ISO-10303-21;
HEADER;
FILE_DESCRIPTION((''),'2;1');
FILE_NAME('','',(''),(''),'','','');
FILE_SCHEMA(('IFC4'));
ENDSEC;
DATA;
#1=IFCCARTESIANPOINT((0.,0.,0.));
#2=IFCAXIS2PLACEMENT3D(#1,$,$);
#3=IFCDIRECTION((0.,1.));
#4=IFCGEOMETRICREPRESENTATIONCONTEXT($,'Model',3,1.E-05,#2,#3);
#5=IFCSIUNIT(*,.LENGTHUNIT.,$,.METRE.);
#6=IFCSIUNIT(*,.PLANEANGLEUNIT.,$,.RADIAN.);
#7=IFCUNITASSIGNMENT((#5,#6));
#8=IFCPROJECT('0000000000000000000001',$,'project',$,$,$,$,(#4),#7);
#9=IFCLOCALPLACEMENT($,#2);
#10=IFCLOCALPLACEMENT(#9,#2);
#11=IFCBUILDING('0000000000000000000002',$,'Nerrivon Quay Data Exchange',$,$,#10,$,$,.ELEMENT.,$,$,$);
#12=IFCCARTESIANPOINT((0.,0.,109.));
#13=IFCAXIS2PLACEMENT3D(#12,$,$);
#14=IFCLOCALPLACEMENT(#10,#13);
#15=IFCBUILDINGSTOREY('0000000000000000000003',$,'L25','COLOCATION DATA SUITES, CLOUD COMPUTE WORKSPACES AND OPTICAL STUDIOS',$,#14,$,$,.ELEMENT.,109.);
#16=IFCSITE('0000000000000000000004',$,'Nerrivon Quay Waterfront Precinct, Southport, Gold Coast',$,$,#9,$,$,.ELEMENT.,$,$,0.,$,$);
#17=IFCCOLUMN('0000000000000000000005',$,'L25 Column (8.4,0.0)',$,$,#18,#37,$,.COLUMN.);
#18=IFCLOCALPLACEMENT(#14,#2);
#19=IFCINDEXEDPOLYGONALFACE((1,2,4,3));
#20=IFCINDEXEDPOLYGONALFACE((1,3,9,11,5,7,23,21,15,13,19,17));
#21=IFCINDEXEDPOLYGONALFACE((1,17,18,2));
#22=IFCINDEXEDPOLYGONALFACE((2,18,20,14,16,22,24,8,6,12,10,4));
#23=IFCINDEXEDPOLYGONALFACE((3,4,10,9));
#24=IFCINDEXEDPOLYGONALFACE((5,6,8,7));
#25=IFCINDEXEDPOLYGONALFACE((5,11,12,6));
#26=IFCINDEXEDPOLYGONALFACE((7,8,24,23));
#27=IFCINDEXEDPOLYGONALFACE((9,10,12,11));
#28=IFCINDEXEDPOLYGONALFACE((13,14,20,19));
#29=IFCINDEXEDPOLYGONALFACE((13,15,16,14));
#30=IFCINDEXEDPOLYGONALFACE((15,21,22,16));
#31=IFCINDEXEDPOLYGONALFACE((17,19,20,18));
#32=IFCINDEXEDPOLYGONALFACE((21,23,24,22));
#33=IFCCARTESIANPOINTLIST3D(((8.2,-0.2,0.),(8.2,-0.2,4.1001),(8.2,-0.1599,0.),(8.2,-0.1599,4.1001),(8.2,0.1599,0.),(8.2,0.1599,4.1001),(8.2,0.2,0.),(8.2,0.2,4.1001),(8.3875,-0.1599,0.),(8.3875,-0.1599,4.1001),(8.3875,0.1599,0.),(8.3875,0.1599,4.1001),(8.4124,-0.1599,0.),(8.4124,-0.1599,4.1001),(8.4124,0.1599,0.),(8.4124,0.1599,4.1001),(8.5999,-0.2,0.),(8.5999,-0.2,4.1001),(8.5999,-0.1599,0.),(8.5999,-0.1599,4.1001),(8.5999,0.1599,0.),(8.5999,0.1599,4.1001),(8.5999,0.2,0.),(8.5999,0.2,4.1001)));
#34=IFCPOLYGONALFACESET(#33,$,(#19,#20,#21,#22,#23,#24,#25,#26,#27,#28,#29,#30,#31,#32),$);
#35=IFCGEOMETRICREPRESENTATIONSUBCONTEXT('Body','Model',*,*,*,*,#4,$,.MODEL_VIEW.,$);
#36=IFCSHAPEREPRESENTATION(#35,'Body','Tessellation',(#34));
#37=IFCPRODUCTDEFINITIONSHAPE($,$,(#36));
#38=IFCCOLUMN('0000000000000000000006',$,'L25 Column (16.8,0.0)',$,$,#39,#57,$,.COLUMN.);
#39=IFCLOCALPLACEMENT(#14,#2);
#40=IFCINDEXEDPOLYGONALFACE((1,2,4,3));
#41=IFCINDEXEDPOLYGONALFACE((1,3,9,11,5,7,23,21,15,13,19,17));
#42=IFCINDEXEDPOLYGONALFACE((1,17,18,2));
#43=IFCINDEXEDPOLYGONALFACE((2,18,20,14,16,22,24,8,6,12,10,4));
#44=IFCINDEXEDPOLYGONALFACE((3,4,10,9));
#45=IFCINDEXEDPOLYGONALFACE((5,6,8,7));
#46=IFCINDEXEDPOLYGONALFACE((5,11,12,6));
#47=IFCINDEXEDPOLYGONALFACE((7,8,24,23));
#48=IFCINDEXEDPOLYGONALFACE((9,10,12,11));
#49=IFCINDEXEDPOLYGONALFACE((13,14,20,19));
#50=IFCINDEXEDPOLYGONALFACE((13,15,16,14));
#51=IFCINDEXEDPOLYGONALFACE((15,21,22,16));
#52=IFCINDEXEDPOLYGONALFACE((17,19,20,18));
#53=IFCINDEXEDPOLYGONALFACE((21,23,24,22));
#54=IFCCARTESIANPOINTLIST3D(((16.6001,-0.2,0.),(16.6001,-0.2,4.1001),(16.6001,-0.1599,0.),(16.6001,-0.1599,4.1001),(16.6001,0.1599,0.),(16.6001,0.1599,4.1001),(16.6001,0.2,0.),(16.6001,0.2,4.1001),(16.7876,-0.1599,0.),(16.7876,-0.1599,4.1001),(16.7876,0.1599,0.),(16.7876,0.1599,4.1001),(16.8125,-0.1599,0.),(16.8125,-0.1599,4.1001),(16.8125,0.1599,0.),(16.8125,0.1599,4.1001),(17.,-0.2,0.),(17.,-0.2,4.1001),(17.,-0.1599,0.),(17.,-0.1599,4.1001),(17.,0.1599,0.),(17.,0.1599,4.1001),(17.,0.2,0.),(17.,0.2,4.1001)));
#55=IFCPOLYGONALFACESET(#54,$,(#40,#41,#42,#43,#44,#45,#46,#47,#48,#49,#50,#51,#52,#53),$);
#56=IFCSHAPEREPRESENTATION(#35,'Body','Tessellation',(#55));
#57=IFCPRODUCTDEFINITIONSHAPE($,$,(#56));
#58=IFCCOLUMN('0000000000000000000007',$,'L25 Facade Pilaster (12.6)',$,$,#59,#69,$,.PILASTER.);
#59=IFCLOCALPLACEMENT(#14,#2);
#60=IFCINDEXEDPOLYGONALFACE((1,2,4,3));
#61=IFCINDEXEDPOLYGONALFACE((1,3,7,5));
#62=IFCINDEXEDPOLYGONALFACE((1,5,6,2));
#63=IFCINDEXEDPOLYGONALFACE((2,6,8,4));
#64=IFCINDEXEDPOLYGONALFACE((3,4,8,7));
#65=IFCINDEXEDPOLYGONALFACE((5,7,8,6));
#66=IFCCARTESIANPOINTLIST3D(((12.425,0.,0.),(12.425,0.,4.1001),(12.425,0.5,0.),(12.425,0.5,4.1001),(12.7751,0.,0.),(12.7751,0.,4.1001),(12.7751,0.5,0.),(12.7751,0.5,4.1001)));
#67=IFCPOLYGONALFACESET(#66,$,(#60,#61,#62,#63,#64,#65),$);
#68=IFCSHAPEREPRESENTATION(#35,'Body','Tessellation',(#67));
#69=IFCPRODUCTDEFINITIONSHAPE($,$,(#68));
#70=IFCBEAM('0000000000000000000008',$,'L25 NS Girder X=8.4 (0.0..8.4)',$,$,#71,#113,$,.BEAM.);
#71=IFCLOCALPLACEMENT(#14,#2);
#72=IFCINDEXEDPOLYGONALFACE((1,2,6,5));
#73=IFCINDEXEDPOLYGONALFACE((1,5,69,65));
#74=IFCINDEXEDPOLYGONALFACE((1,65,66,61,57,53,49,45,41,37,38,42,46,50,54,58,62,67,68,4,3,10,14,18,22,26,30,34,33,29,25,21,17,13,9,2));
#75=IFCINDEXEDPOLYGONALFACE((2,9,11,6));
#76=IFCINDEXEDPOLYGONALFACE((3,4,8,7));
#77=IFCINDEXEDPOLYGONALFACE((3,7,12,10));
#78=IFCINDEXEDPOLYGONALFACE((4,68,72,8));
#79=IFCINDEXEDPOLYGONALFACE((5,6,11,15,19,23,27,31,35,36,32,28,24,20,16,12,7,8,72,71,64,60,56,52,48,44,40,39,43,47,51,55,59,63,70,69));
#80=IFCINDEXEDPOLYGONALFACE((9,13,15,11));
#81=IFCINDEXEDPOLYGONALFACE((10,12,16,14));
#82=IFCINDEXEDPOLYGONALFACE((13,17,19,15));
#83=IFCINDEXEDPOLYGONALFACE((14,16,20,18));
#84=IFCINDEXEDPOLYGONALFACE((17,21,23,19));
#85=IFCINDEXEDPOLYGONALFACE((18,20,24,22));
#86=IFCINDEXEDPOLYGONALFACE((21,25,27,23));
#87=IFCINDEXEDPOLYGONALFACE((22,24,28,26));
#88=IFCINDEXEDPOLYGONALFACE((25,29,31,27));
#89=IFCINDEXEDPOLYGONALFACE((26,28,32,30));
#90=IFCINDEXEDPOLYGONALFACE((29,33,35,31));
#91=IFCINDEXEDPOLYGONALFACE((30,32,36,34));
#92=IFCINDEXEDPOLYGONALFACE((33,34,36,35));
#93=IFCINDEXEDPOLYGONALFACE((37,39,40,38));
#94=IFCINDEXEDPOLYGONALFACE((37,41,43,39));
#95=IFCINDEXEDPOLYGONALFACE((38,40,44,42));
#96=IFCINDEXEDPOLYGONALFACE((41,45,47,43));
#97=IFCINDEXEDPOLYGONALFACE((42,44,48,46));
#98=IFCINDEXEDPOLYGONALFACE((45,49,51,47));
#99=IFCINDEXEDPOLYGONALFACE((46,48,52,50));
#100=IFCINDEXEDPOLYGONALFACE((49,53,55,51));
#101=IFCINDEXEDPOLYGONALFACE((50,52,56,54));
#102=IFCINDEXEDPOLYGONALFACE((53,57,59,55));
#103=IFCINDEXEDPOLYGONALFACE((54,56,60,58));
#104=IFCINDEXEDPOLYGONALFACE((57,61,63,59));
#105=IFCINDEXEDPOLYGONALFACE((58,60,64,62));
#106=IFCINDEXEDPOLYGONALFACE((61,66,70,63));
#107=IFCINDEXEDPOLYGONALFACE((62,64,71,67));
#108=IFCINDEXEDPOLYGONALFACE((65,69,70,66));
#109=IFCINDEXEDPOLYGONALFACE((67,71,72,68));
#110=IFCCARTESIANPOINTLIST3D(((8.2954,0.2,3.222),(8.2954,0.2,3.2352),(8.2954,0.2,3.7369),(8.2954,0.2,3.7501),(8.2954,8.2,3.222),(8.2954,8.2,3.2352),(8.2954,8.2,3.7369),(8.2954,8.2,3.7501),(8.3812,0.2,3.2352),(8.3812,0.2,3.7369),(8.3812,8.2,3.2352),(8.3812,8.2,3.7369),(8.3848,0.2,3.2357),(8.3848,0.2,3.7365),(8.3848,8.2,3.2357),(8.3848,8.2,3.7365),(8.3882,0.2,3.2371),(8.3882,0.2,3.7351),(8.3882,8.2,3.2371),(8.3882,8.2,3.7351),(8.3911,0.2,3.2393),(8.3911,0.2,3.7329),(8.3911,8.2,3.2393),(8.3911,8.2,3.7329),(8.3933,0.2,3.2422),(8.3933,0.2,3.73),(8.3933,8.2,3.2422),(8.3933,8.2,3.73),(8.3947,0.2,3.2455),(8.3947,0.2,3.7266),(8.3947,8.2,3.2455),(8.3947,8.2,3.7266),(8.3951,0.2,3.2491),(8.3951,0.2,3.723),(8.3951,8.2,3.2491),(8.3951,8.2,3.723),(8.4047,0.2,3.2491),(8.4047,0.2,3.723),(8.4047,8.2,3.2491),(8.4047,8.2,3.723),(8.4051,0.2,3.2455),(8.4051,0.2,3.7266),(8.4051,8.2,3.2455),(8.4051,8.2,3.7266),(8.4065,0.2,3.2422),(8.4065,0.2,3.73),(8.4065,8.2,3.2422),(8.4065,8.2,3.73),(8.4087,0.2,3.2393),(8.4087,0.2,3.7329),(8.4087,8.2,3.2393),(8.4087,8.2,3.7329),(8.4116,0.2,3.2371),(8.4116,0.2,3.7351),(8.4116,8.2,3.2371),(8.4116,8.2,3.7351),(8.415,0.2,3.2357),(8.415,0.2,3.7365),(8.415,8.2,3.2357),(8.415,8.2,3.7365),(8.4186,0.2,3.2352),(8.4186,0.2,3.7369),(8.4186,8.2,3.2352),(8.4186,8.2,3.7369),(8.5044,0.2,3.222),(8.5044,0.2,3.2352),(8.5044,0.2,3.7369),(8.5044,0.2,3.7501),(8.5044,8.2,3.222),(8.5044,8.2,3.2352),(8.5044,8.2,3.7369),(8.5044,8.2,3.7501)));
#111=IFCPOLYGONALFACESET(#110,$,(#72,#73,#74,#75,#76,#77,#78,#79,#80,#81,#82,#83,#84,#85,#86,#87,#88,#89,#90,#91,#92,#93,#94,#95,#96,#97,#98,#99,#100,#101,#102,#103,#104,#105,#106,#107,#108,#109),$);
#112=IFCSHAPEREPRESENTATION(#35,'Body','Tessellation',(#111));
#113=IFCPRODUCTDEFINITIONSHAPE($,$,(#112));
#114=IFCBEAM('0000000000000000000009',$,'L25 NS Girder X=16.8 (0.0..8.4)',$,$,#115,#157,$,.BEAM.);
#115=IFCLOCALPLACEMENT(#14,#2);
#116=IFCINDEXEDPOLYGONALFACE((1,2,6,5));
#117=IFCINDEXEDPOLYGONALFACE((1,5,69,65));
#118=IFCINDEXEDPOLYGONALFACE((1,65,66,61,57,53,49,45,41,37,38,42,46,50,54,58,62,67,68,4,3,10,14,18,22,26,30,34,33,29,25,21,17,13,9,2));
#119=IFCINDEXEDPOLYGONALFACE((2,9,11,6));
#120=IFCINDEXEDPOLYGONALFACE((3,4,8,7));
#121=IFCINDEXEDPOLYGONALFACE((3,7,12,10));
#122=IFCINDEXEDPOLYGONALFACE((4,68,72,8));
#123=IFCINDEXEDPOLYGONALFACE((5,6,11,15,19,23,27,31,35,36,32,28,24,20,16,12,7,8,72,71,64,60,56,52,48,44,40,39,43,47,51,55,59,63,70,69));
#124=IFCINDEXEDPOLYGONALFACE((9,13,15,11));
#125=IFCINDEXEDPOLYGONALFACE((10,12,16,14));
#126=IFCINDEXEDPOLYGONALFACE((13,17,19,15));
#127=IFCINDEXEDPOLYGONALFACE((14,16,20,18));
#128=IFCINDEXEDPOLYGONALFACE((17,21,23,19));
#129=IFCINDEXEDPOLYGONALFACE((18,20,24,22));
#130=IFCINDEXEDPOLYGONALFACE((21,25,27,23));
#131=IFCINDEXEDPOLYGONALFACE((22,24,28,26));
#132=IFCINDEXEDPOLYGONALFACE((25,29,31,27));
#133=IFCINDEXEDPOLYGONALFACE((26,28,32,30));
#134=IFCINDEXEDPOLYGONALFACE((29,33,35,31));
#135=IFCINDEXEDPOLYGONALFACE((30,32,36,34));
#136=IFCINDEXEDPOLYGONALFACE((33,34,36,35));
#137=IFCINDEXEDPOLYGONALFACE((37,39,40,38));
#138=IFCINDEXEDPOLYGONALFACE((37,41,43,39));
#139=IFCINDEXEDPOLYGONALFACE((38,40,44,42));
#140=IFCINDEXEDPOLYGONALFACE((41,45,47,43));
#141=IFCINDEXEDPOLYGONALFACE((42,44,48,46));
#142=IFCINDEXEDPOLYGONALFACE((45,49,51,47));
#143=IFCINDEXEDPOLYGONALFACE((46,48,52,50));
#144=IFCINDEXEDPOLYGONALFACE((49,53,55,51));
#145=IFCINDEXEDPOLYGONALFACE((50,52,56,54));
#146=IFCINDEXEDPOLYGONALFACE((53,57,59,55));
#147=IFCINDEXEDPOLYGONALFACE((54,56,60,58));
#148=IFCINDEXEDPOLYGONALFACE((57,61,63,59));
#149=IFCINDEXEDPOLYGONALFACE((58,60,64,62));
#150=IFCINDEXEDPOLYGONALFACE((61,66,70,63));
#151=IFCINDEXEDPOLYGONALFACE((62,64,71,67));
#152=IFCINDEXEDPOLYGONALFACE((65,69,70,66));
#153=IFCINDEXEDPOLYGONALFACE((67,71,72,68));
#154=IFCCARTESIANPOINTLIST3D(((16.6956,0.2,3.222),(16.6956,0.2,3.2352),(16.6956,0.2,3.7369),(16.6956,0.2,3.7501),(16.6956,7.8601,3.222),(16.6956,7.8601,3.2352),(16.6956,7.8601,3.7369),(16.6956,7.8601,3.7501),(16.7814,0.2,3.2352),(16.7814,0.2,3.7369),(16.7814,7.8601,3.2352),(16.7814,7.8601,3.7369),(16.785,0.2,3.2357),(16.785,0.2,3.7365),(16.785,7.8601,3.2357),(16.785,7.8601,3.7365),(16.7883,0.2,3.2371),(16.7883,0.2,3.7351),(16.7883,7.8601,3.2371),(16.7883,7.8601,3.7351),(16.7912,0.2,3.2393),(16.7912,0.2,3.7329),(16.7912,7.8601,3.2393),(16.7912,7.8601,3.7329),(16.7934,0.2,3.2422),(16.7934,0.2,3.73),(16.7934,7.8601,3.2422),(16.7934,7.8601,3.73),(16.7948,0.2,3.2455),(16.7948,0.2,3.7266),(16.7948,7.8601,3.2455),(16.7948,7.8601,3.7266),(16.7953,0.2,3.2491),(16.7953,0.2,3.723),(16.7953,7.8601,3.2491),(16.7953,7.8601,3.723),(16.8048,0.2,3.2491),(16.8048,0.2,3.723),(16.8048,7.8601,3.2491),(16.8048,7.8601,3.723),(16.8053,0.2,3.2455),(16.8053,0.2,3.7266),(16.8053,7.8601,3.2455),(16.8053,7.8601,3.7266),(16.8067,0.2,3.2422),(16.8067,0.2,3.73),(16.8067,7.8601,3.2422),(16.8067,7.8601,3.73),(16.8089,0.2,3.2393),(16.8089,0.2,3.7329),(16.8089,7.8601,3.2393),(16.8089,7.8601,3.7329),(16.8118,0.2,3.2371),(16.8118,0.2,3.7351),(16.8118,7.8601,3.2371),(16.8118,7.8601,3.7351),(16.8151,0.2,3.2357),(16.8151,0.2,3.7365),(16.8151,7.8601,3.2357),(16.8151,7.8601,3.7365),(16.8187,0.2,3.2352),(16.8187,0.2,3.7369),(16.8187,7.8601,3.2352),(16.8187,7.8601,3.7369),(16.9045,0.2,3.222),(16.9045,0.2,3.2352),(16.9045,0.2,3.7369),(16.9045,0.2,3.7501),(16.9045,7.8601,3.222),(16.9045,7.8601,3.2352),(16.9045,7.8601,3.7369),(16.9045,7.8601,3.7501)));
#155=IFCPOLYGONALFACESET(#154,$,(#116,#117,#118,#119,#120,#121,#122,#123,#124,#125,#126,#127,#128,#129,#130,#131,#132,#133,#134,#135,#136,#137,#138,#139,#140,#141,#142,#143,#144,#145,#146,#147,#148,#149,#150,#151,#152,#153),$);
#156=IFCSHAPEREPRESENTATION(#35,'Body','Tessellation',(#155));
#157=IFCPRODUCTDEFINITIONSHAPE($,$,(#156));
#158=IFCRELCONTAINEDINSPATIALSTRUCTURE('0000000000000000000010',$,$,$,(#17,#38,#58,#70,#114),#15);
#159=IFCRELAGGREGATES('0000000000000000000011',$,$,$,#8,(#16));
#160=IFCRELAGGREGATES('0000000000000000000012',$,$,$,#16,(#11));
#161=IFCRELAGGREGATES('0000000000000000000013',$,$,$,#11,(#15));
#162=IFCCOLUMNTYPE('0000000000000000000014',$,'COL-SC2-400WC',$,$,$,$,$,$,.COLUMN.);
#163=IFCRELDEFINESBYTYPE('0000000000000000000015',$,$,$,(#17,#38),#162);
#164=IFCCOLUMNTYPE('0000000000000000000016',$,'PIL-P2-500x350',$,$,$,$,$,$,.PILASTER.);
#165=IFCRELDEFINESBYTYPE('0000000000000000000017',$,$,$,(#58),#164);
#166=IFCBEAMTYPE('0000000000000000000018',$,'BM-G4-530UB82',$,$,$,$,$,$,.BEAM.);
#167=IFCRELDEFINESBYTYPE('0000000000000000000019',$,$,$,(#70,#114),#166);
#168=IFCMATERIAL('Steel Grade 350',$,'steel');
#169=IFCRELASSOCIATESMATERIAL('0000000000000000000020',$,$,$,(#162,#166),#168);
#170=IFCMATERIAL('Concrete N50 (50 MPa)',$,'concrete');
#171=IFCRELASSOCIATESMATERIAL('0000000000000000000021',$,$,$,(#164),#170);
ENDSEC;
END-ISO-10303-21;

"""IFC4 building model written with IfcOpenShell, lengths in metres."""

from ifc_helpers import new_model, si_unit, direction, frame, origin, origin_2d, place, context, subcontext, project, spatial, rectangle, i_section, extrude, material, material_profile, profile_set, type_object, element, save


model = new_model("IFC4")

# Units and contexts
model_context = context("Model", 3, precision=1e-05, world=origin(), true_north=direction((0.0, 1.0)))
body_context = subcontext(model_context, "Body", "Model", "MODEL_VIEW")
ifc_project = project(units=[si_unit("LENGTHUNIT", "METRE"), si_unit("PLANEANGLEUNIT", "RADIAN")], contexts=[model_context])

# Site, building, storey
site_placement = place(None, origin())
site = spatial("IfcSite", under=ifc_project, at=site_placement, Name="Nerrivon Quay Waterfront Precinct, Southport, Gold Coast", CompositionType="ELEMENT", RefElevation=0.0)
building_placement = place(site_placement, origin())
building = spatial("IfcBuilding", under=site, at=building_placement, Name="Nerrivon Quay Data Exchange", CompositionType="ELEMENT")
storey_placement = place(building_placement, frame((0.0, 0.0, 109.0)))
storey = spatial("IfcBuildingStorey", under=building, at=storey_placement, Name="L25", Description="COLOCATION DATA SUITES, CLOUD COMPUTE WORKSPACES AND OPTICAL STUDIOS", CompositionType="ELEMENT", Elevation=109.0)

# Columns
ifc_material_1 = material(Name="Steel Grade 350", Category="steel")
ifc_material_profile_1 = material_profile(ifc_material_1, i_section(OverallWidth=0.3999, OverallDepth=0.3999, WebThickness=0.0249, FlangeThickness=0.04, at=origin_2d()), Name="400WC328")
ifc_profile_set_1 = profile_set([ifc_material_profile_1], Name="Steel Grade 350")
column_type_1 = type_object("IfcColumnType", Name="COL-SC2-400WC", PredefinedType="COLUMN", material=ifc_profile_set_1)
for number, where, z_axis, x_axis, name in (
    (1, (8.3999, 0.0, 0.0), (0.0, 0.0, 1.0), (1.0, 0.0, 0.0), "L25 Column (8.4,0.0)"),
    (2, (16.8, 0.0, 0.0), (0.0, 0.0, 1.0), (1.0, 0.0, 0.0), "L25 Column (16.8,0.0)"),
):
    element("IfcColumn", number, at=place(storey_placement, frame(where, z_axis=z_axis, x_axis=x_axis)), inside=storey, type_object=column_type_1, Name=name, PredefinedType="COLUMN", context=body_context, shape_type="SweptSolid", body=[
        extrude(i_section(OverallWidth=0.3999, OverallDepth=0.3999, WebThickness=0.0249, FlangeThickness=0.04, at=origin_2d()), origin(), (0.0, 0.0, 1.0), 4.1001),
    ])
ifc_material_2 = material(Name="Concrete N50 (50 MPa)", Category="concrete")
ifc_material_profile_2 = material_profile(ifc_material_2, rectangle(XDim=0.3501, YDim=0.5, at=origin_2d()), Name="RC-PIL-500x350")
ifc_profile_set_2 = profile_set([ifc_material_profile_2], Name="Concrete N50 (50 MPa)")
column_type_2 = type_object("IfcColumnType", Name="PIL-P2-500x350", PredefinedType="PILASTER", material=ifc_profile_set_2)
column_placement = place(storey_placement, frame((12.6001, 0.25, 0.0), z_axis=(0.0, 0.0, 1.0), x_axis=(1.0, 0.0, 0.0)))
element("IfcColumn", 3, at=column_placement, inside=storey, type_object=column_type_2, Name="L25 Facade Pilaster (12.6)", PredefinedType="PILASTER", context=body_context, shape_type="SweptSolid", body=[
    extrude(rectangle(XDim=0.3501, YDim=0.5, at=origin_2d()), origin(), (0.0, 0.0, 1.0), 4.1001),
])

# Beams
ifc_material_profile_3 = material_profile(ifc_material_1, i_section(OverallWidth=0.209, OverallDepth=0.5281, WebThickness=0.0095, FlangeThickness=0.0132, FilletRadius=0.0139, at=origin_2d()), Name="530UB82.0")
ifc_profile_set_3 = profile_set([ifc_material_profile_3], Name="Steel Grade 350")
beam_type_1 = type_object("IfcBeamType", Name="BM-G4-530UB82", PredefinedType="BEAM", material=ifc_profile_set_3)
beam_1_placement = place(storey_placement, frame((8.3999, 0.2, 3.4861), z_axis=(0.0, 1.0, 0.0), x_axis=(-1.0, 0.0, 0.0)))
element("IfcBeam", 4, at=beam_1_placement, inside=storey, type_object=beam_type_1, Name="L25 NS Girder X=8.4 (0.0..8.4)", PredefinedType="BEAM", context=body_context, shape_type="SweptSolid", body=[
    extrude(i_section(OverallWidth=0.209, OverallDepth=0.5281, WebThickness=0.0095, FlangeThickness=0.0132, FilletRadius=0.0139, at=origin_2d()), origin(), (0.0, 0.0, 1.0), 8.0),
])
beam_2_placement = place(storey_placement, frame((16.8, 0.2, 3.4861), z_axis=(0.0, 1.0, 0.0), x_axis=(-1.0, 0.0, 0.0)))
element("IfcBeam", 5, at=beam_2_placement, inside=storey, type_object=beam_type_1, Name="L25 NS Girder X=16.8 (0.0..8.4)", PredefinedType="BEAM", context=body_context, shape_type="SweptSolid", body=[
    extrude(i_section(OverallWidth=0.209, OverallDepth=0.5281, WebThickness=0.0095, FlangeThickness=0.0132, FilletRadius=0.0139, at=origin_2d()), origin(), (0.0, 0.0, 1.0), 7.6602),
])

save(model, "model.ifc")
